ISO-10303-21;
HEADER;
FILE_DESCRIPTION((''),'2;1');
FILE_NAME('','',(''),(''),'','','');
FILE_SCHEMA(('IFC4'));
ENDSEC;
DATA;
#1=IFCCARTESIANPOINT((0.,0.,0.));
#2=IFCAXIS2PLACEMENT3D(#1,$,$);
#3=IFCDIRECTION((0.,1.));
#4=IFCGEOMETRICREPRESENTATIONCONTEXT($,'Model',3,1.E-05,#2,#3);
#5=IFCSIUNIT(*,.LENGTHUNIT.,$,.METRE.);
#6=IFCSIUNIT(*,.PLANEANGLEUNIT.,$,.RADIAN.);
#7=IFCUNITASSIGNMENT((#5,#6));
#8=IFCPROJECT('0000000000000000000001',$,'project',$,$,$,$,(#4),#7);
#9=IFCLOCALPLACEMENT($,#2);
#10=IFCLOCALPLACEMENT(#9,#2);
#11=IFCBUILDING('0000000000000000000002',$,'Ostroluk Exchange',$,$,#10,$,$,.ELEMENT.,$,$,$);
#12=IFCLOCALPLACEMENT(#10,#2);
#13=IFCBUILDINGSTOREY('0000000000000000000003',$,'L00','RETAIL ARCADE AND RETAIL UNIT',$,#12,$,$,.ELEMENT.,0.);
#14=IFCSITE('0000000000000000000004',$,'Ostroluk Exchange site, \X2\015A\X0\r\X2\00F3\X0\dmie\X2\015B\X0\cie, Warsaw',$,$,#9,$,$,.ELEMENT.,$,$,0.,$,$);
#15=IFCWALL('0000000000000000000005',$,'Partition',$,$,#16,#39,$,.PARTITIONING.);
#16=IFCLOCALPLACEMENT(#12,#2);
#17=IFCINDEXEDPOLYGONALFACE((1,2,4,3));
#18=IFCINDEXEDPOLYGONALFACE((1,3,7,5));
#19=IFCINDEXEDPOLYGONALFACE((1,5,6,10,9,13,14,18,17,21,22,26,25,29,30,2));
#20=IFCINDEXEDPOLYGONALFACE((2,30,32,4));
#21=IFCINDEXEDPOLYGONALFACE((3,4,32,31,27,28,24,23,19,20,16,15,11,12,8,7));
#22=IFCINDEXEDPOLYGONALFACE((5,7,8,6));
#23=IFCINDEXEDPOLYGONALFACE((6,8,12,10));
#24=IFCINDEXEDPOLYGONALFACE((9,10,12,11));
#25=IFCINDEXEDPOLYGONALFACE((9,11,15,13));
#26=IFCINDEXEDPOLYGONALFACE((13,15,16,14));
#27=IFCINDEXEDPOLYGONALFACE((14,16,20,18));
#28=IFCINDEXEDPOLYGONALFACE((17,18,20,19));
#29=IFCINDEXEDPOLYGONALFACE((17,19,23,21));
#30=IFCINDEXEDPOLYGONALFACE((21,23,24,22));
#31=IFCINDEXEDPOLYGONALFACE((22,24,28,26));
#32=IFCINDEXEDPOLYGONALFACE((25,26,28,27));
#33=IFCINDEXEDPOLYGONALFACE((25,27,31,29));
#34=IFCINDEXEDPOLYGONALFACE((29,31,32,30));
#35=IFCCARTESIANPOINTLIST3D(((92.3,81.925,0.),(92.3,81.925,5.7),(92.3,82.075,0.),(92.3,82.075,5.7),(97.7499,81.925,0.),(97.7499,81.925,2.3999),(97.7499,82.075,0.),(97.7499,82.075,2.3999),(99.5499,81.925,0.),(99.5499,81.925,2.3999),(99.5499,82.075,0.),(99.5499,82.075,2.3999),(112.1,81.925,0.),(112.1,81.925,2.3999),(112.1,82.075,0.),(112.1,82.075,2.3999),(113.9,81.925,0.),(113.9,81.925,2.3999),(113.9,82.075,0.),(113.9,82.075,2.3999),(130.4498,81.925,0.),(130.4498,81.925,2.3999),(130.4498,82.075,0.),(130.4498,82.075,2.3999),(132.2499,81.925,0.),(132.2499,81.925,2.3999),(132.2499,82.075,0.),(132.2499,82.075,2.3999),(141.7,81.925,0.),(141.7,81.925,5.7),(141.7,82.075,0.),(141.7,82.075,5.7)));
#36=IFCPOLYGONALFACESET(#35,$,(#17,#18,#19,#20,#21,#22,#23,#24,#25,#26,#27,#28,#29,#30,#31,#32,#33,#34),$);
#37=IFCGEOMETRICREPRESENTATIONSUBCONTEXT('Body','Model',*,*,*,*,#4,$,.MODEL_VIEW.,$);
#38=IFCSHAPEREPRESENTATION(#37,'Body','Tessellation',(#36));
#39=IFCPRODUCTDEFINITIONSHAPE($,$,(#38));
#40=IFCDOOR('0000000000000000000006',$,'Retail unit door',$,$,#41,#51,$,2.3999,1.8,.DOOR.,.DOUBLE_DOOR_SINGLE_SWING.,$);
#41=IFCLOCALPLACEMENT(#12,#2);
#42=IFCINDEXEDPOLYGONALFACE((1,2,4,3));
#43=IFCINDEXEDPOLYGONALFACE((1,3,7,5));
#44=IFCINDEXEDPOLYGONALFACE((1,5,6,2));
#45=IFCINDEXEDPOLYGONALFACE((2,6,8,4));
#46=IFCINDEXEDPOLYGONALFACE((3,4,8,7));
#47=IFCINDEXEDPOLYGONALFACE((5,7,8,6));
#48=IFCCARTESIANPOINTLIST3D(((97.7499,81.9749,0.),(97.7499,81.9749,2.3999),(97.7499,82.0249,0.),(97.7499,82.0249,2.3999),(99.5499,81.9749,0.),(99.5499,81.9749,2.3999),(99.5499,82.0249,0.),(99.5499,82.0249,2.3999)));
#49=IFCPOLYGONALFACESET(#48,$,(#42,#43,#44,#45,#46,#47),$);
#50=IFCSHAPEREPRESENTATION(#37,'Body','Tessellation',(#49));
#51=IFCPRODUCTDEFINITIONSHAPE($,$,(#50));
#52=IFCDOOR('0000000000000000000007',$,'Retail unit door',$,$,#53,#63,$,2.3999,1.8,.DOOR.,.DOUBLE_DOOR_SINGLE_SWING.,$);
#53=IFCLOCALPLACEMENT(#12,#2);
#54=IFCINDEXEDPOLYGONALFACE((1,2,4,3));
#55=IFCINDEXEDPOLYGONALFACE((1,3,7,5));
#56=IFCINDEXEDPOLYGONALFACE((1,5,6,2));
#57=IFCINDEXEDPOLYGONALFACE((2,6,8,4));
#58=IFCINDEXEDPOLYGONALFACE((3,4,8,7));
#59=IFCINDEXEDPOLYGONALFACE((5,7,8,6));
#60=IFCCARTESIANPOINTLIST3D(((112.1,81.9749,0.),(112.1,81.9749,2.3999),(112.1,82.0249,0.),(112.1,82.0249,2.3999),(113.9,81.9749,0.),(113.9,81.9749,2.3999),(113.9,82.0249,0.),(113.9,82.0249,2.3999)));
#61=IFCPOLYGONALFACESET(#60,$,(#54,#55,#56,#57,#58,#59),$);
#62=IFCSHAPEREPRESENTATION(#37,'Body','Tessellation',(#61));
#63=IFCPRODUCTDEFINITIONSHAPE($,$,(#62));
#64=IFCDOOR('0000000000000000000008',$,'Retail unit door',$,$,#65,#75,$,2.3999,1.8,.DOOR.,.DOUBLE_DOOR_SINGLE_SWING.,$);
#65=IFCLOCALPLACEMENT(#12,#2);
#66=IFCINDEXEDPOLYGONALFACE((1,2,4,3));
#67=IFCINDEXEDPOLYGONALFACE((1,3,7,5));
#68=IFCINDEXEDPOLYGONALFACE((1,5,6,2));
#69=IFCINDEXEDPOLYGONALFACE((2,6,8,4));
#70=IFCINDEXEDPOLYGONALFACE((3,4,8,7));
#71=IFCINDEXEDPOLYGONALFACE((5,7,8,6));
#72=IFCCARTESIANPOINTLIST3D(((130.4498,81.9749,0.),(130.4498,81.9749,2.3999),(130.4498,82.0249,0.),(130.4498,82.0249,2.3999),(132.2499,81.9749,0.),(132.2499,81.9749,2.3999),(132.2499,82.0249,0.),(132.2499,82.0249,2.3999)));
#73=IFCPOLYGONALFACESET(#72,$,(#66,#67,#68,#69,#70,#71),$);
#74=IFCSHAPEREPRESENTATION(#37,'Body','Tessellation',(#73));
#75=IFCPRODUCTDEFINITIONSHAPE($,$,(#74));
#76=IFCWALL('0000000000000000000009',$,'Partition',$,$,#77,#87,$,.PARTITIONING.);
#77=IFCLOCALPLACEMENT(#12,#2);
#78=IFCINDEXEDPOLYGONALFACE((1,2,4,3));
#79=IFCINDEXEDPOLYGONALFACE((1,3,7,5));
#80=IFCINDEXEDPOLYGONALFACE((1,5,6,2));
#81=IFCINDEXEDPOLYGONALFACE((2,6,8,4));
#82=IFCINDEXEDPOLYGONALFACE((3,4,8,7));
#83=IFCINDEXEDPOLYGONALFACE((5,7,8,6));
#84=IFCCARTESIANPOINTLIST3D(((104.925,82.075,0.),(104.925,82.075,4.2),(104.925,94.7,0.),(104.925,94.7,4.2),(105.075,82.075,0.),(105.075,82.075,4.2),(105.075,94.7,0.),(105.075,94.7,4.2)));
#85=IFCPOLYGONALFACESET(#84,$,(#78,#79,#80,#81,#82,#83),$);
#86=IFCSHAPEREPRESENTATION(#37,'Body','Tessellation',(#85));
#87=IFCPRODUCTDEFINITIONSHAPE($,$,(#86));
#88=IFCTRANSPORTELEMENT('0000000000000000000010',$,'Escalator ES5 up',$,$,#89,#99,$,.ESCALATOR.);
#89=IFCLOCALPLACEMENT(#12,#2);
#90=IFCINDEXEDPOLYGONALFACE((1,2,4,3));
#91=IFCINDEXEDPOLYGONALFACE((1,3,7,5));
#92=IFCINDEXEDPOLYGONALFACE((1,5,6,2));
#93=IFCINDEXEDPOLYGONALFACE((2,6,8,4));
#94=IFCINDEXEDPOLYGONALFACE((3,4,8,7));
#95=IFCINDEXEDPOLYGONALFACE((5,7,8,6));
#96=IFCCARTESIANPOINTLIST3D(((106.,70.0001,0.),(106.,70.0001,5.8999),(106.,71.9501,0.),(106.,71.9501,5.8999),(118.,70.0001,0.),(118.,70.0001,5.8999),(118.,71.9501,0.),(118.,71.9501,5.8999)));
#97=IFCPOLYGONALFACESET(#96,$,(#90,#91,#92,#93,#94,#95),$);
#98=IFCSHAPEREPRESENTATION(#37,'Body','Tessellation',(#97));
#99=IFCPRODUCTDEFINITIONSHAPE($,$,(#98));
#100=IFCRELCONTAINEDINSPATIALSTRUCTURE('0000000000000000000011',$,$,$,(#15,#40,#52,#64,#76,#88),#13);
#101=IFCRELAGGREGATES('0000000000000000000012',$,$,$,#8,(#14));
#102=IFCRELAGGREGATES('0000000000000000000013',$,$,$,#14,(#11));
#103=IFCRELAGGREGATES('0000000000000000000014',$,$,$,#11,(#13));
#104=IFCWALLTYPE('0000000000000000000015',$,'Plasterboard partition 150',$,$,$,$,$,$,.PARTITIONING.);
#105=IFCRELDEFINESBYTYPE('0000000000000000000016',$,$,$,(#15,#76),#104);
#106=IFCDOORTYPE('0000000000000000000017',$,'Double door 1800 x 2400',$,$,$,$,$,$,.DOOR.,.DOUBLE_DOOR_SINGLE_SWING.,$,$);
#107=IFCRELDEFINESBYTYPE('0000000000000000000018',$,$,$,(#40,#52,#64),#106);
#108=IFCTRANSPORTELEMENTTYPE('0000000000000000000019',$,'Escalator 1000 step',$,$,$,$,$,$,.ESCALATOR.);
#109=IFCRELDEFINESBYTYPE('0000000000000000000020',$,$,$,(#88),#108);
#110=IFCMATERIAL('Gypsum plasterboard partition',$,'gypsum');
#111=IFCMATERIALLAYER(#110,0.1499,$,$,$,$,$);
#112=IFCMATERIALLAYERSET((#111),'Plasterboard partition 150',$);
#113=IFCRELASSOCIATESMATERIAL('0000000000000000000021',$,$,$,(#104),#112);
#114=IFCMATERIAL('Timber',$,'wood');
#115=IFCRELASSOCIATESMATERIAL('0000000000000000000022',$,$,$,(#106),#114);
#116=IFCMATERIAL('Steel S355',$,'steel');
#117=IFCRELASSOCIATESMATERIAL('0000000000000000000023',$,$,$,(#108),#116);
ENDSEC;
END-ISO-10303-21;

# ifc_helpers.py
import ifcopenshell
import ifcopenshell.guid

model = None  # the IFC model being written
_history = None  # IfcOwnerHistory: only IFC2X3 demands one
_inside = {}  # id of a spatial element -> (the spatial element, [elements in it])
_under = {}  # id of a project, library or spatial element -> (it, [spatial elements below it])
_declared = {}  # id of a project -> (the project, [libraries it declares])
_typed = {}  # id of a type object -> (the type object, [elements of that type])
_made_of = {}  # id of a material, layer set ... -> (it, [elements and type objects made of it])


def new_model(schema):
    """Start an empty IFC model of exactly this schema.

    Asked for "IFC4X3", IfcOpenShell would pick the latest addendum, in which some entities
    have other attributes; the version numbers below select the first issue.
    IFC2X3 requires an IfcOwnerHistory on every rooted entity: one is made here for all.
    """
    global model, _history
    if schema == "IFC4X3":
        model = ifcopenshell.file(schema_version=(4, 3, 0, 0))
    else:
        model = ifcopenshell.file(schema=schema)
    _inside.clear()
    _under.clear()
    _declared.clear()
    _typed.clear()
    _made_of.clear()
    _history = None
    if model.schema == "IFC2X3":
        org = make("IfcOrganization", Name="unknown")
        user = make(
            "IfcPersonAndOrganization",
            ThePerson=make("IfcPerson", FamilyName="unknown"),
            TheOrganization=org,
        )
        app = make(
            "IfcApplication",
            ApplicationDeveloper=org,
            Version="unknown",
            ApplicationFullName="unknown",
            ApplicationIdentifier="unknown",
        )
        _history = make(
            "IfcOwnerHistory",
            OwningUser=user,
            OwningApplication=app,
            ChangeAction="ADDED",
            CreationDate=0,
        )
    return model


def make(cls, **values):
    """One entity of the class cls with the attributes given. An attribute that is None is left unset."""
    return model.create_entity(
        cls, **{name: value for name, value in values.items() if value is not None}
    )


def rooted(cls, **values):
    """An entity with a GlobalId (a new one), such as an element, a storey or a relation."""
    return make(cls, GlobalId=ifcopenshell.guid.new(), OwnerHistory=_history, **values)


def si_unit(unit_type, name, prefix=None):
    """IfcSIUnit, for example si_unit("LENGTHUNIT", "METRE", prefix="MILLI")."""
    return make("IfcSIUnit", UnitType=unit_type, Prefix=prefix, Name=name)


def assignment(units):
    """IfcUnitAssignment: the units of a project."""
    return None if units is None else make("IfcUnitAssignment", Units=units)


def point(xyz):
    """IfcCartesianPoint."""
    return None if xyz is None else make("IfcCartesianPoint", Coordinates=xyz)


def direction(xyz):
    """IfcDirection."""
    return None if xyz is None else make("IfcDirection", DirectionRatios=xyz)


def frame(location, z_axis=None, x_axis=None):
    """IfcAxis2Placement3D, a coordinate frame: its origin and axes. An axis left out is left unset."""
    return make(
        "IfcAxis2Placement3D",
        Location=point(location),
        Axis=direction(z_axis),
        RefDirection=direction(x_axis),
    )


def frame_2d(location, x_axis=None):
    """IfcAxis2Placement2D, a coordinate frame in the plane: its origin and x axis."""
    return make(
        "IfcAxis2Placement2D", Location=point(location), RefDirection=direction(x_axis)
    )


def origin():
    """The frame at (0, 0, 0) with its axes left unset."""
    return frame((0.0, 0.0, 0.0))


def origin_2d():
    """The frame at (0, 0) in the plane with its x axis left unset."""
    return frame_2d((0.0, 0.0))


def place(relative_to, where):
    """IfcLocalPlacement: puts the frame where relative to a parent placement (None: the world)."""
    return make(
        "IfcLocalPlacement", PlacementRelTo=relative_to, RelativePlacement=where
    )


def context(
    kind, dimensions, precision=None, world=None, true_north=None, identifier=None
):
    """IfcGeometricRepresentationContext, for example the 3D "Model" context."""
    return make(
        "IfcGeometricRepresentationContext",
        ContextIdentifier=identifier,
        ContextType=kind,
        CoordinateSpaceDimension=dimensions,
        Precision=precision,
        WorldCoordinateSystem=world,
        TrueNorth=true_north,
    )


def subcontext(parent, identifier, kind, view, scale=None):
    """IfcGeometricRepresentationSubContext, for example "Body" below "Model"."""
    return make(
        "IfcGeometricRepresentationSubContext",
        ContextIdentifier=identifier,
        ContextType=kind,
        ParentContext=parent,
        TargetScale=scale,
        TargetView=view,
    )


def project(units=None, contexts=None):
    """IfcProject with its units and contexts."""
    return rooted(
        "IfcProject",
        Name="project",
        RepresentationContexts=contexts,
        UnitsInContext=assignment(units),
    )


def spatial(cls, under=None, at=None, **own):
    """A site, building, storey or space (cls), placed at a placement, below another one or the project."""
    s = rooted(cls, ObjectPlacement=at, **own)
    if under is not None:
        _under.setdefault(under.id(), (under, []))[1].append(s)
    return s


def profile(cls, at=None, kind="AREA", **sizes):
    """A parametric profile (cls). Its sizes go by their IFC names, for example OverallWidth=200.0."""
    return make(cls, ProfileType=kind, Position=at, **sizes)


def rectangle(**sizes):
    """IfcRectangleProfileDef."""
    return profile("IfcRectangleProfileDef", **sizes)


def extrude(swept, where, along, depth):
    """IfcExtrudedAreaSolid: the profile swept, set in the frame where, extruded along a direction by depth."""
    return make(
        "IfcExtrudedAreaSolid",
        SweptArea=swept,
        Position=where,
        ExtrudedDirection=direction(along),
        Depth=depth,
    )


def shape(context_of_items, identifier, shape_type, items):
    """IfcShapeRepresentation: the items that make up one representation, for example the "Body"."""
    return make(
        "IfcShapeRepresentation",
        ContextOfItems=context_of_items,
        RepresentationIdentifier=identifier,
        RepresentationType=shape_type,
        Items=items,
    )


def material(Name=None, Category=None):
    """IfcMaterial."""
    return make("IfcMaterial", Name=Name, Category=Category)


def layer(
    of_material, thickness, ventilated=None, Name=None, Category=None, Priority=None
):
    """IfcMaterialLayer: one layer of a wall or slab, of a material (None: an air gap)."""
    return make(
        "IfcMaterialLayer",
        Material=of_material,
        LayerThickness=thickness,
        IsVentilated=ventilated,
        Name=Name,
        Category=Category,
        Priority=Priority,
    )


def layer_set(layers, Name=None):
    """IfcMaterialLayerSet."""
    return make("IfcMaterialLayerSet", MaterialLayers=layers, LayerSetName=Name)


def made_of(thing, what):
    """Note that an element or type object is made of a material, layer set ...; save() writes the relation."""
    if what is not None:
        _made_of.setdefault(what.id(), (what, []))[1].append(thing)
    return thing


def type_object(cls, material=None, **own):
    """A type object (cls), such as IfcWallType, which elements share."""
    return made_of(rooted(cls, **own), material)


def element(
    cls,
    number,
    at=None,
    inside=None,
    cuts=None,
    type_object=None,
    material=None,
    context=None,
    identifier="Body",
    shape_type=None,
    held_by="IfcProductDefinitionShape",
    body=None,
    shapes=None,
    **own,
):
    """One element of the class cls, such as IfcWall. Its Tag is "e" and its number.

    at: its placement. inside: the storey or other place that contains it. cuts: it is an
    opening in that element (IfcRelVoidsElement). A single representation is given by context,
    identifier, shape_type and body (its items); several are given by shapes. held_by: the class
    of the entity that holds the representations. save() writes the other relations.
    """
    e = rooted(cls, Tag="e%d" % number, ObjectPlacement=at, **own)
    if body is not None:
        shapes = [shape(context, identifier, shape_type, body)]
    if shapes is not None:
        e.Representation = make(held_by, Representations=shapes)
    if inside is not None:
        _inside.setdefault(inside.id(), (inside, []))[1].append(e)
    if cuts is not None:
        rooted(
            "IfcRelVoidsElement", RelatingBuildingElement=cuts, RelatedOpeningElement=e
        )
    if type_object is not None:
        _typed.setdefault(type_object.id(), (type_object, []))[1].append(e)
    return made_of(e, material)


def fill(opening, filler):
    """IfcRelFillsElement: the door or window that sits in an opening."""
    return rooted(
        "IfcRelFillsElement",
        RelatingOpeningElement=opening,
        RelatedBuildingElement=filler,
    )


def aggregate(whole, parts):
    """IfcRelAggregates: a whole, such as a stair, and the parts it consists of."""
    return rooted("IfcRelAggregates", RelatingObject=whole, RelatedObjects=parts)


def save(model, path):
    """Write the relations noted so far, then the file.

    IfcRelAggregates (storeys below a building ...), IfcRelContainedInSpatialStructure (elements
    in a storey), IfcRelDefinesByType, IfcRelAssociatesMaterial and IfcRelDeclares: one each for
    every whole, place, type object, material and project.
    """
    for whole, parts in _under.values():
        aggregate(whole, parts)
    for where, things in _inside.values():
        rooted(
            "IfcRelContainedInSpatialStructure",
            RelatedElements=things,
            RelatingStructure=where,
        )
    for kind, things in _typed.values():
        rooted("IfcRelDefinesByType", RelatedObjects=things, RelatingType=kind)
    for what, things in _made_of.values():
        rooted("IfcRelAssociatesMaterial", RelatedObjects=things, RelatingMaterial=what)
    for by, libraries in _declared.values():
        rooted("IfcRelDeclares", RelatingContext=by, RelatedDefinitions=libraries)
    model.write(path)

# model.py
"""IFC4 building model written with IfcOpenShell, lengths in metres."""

from ifc_helpers import new_model, si_unit, direction, frame, frame_2d, origin, origin_2d, place, context, subcontext, project, spatial, rectangle, extrude, material, layer, layer_set, type_object, element, fill, save


model = new_model("IFC4")

# Units and contexts
model_context = context("Model", 3, precision=1e-05, world=origin(), true_north=direction((0.0, 1.0)))
body_context = subcontext(model_context, "Body", "Model", "MODEL_VIEW")
ifc_project = project(units=[si_unit("LENGTHUNIT", "METRE"), si_unit("PLANEANGLEUNIT", "RADIAN")], contexts=[model_context])

# Site, building, storey
site_placement = place(None, origin())
site = spatial("IfcSite", under=ifc_project, at=site_placement, Name="Ostroluk Exchange site, Śródmieście, Warsaw", CompositionType="ELEMENT", RefElevation=0.0)
building_placement = place(site_placement, origin())
building = spatial("IfcBuilding", under=site, at=building_placement, Name="Ostroluk Exchange", CompositionType="ELEMENT")
storey_placement = place(building_placement, origin())
storey = spatial("IfcBuildingStorey", under=building, at=storey_placement, Name="L00", Description="RETAIL ARCADE AND RETAIL UNIT", CompositionType="ELEMENT", Elevation=0.0)

# Wall, openings, doors
ifc_material_1 = material(Name="Gypsum plasterboard partition", Category="gypsum")
ifc_layer = layer(ifc_material_1, 0.1499)
ifc_layer_set = layer_set([ifc_layer], Name="Plasterboard partition 150")
wall_type = type_object("IfcWallType", Name="Plasterboard partition 150", PredefinedType="PARTITIONING", material=ifc_layer_set)
wall_1_placement = place(storey_placement, frame((92.3, 82.0, 0.0), z_axis=(0.0, 0.0, 1.0), x_axis=(1.0, 0.0, 0.0)))
wall_1 = element("IfcWall", 1, at=wall_1_placement, inside=storey, type_object=wall_type, Name="Partition", PredefinedType="PARTITIONING", context=body_context, shape_type="SweptSolid", body=[
    extrude(rectangle(XDim=49.3999, YDim=0.1499, at=frame_2d((24.7, 0.0))), origin(), (0.0, 0.0, 1.0), 5.7),
])
opening_1_placement = place(wall_1_placement, frame((5.45, 0.0, 0.0)))
opening_1 = element("IfcOpeningElement", 2, at=opening_1_placement, cuts=wall_1, PredefinedType="OPENING", context=body_context, shape_type="SweptSolid", body=[
    extrude(rectangle(XDim=1.8, YDim=2.3999, at=frame_2d((0.8999, 1.2))), frame((0.0, 0.085, 0.0), z_axis=(0.0, -1.0, 0.0), x_axis=(1.0, 0.0, 0.0)), (0.0, 0.0, 1.0), 0.1699),
])
opening_2_placement = place(wall_1_placement, frame((19.8, 0.0, 0.0)))
opening_2 = element("IfcOpeningElement", 3, at=opening_2_placement, cuts=wall_1, PredefinedType="OPENING", context=body_context, shape_type="SweptSolid", body=[
    extrude(rectangle(XDim=1.8, YDim=2.3999, at=frame_2d((0.8999, 1.2))), frame((0.0, 0.085, 0.0), z_axis=(0.0, -1.0, 0.0), x_axis=(1.0, 0.0, 0.0)), (0.0, 0.0, 1.0), 0.1699),
])
opening_3_placement = place(wall_1_placement, frame((38.1499, 0.0, 0.0)))
opening_3 = element("IfcOpeningElement", 4, at=opening_3_placement, cuts=wall_1, PredefinedType="OPENING", context=body_context, shape_type="SweptSolid", body=[
    extrude(rectangle(XDim=1.8, YDim=2.3999, at=frame_2d((0.8999, 1.2))), frame((0.0, 0.085, 0.0), z_axis=(0.0, -1.0, 0.0), x_axis=(1.0, 0.0, 0.0)), (0.0, 0.0, 1.0), 0.1699),
])
ifc_material_2 = material(Name="Timber", Category="wood")
door_type = type_object("IfcDoorType", Name="Double door 1800 x 2400", OperationType="DOUBLE_DOOR_SINGLE_SWING", PredefinedType="DOOR", material=ifc_material_2)
door_1_placement = place(opening_1_placement, origin())
door_1 = element("IfcDoor", 5, at=door_1_placement, inside=storey, type_object=door_type, Name="Retail unit door", OperationType="DOUBLE_DOOR_SINGLE_SWING", OverallHeight=2.3999, OverallWidth=1.8, PredefinedType="DOOR", context=body_context, shape_type="SweptSolid", body=[
    extrude(rectangle(XDim=1.8, YDim=2.3999, at=frame_2d((0.8999, 1.2))), frame((0.0, 0.0249, 0.0), z_axis=(0.0, -1.0, 0.0), x_axis=(1.0, 0.0, 0.0)), (0.0, 0.0, 1.0), 0.05),
])
fill(opening_1, door_1)
door_2_placement = place(opening_2_placement, origin())
door_2 = element("IfcDoor", 6, at=door_2_placement, inside=storey, type_object=door_type, Name="Retail unit door", OperationType="DOUBLE_DOOR_SINGLE_SWING", OverallHeight=2.3999, OverallWidth=1.8, PredefinedType="DOOR", context=body_context, shape_type="SweptSolid", body=[
    extrude(rectangle(XDim=1.8, YDim=2.3999, at=frame_2d((0.8999, 1.2))), frame((0.0, 0.0249, 0.0), z_axis=(0.0, -1.0, 0.0), x_axis=(1.0, 0.0, 0.0)), (0.0, 0.0, 1.0), 0.05),
])
fill(opening_2, door_2)
door_3_placement = place(opening_3_placement, origin())
door_3 = element("IfcDoor", 7, at=door_3_placement, inside=storey, type_object=door_type, Name="Retail unit door", OperationType="DOUBLE_DOOR_SINGLE_SWING", OverallHeight=2.3999, OverallWidth=1.8, PredefinedType="DOOR", context=body_context, shape_type="SweptSolid", body=[
    extrude(rectangle(XDim=1.8, YDim=2.3999, at=frame_2d((0.8999, 1.2))), frame((0.0, 0.0249, 0.0), z_axis=(0.0, -1.0, 0.0), x_axis=(1.0, 0.0, 0.0)), (0.0, 0.0, 1.0), 0.05),
])
fill(opening_3, door_3)

# Wall
wall_2_placement = place(storey_placement, frame((105.0, 82.075, 0.0), z_axis=(0.0, 0.0, 1.0), x_axis=(0.0, 1.0, 0.0)))
element("IfcWall", 8, at=wall_2_placement, inside=storey, type_object=wall_type, Name="Partition", PredefinedType="PARTITIONING", context=body_context, shape_type="SweptSolid", body=[
    extrude(rectangle(XDim=12.625, YDim=0.1499, at=frame_2d((6.3125, 0.0))), origin(), (0.0, 0.0, 1.0), 4.2),
])

# Transport element
ifc_material_3 = material(Name="Steel S355", Category="steel")
transport_element_type = type_object("IfcTransportElementType", Name="Escalator 1000 step", PredefinedType="ESCALATOR", material=ifc_material_3)
transport_element_placement = place(storey_placement, frame((112.0, 70.9751, 0.0), z_axis=(0.0, 0.0, 1.0), x_axis=(1.0, 0.0, 0.0)))
element("IfcTransportElement", 9, at=transport_element_placement, inside=storey, type_object=transport_element_type, Name="Escalator ES5 up", PredefinedType="ESCALATOR", context=body_context, shape_type="SweptSolid", body=[
    extrude(rectangle(XDim=12.0, YDim=1.95, at=origin_2d()), origin(), (0.0, 0.0, 1.0), 5.8999),
])

save(model, "model.ifc")
